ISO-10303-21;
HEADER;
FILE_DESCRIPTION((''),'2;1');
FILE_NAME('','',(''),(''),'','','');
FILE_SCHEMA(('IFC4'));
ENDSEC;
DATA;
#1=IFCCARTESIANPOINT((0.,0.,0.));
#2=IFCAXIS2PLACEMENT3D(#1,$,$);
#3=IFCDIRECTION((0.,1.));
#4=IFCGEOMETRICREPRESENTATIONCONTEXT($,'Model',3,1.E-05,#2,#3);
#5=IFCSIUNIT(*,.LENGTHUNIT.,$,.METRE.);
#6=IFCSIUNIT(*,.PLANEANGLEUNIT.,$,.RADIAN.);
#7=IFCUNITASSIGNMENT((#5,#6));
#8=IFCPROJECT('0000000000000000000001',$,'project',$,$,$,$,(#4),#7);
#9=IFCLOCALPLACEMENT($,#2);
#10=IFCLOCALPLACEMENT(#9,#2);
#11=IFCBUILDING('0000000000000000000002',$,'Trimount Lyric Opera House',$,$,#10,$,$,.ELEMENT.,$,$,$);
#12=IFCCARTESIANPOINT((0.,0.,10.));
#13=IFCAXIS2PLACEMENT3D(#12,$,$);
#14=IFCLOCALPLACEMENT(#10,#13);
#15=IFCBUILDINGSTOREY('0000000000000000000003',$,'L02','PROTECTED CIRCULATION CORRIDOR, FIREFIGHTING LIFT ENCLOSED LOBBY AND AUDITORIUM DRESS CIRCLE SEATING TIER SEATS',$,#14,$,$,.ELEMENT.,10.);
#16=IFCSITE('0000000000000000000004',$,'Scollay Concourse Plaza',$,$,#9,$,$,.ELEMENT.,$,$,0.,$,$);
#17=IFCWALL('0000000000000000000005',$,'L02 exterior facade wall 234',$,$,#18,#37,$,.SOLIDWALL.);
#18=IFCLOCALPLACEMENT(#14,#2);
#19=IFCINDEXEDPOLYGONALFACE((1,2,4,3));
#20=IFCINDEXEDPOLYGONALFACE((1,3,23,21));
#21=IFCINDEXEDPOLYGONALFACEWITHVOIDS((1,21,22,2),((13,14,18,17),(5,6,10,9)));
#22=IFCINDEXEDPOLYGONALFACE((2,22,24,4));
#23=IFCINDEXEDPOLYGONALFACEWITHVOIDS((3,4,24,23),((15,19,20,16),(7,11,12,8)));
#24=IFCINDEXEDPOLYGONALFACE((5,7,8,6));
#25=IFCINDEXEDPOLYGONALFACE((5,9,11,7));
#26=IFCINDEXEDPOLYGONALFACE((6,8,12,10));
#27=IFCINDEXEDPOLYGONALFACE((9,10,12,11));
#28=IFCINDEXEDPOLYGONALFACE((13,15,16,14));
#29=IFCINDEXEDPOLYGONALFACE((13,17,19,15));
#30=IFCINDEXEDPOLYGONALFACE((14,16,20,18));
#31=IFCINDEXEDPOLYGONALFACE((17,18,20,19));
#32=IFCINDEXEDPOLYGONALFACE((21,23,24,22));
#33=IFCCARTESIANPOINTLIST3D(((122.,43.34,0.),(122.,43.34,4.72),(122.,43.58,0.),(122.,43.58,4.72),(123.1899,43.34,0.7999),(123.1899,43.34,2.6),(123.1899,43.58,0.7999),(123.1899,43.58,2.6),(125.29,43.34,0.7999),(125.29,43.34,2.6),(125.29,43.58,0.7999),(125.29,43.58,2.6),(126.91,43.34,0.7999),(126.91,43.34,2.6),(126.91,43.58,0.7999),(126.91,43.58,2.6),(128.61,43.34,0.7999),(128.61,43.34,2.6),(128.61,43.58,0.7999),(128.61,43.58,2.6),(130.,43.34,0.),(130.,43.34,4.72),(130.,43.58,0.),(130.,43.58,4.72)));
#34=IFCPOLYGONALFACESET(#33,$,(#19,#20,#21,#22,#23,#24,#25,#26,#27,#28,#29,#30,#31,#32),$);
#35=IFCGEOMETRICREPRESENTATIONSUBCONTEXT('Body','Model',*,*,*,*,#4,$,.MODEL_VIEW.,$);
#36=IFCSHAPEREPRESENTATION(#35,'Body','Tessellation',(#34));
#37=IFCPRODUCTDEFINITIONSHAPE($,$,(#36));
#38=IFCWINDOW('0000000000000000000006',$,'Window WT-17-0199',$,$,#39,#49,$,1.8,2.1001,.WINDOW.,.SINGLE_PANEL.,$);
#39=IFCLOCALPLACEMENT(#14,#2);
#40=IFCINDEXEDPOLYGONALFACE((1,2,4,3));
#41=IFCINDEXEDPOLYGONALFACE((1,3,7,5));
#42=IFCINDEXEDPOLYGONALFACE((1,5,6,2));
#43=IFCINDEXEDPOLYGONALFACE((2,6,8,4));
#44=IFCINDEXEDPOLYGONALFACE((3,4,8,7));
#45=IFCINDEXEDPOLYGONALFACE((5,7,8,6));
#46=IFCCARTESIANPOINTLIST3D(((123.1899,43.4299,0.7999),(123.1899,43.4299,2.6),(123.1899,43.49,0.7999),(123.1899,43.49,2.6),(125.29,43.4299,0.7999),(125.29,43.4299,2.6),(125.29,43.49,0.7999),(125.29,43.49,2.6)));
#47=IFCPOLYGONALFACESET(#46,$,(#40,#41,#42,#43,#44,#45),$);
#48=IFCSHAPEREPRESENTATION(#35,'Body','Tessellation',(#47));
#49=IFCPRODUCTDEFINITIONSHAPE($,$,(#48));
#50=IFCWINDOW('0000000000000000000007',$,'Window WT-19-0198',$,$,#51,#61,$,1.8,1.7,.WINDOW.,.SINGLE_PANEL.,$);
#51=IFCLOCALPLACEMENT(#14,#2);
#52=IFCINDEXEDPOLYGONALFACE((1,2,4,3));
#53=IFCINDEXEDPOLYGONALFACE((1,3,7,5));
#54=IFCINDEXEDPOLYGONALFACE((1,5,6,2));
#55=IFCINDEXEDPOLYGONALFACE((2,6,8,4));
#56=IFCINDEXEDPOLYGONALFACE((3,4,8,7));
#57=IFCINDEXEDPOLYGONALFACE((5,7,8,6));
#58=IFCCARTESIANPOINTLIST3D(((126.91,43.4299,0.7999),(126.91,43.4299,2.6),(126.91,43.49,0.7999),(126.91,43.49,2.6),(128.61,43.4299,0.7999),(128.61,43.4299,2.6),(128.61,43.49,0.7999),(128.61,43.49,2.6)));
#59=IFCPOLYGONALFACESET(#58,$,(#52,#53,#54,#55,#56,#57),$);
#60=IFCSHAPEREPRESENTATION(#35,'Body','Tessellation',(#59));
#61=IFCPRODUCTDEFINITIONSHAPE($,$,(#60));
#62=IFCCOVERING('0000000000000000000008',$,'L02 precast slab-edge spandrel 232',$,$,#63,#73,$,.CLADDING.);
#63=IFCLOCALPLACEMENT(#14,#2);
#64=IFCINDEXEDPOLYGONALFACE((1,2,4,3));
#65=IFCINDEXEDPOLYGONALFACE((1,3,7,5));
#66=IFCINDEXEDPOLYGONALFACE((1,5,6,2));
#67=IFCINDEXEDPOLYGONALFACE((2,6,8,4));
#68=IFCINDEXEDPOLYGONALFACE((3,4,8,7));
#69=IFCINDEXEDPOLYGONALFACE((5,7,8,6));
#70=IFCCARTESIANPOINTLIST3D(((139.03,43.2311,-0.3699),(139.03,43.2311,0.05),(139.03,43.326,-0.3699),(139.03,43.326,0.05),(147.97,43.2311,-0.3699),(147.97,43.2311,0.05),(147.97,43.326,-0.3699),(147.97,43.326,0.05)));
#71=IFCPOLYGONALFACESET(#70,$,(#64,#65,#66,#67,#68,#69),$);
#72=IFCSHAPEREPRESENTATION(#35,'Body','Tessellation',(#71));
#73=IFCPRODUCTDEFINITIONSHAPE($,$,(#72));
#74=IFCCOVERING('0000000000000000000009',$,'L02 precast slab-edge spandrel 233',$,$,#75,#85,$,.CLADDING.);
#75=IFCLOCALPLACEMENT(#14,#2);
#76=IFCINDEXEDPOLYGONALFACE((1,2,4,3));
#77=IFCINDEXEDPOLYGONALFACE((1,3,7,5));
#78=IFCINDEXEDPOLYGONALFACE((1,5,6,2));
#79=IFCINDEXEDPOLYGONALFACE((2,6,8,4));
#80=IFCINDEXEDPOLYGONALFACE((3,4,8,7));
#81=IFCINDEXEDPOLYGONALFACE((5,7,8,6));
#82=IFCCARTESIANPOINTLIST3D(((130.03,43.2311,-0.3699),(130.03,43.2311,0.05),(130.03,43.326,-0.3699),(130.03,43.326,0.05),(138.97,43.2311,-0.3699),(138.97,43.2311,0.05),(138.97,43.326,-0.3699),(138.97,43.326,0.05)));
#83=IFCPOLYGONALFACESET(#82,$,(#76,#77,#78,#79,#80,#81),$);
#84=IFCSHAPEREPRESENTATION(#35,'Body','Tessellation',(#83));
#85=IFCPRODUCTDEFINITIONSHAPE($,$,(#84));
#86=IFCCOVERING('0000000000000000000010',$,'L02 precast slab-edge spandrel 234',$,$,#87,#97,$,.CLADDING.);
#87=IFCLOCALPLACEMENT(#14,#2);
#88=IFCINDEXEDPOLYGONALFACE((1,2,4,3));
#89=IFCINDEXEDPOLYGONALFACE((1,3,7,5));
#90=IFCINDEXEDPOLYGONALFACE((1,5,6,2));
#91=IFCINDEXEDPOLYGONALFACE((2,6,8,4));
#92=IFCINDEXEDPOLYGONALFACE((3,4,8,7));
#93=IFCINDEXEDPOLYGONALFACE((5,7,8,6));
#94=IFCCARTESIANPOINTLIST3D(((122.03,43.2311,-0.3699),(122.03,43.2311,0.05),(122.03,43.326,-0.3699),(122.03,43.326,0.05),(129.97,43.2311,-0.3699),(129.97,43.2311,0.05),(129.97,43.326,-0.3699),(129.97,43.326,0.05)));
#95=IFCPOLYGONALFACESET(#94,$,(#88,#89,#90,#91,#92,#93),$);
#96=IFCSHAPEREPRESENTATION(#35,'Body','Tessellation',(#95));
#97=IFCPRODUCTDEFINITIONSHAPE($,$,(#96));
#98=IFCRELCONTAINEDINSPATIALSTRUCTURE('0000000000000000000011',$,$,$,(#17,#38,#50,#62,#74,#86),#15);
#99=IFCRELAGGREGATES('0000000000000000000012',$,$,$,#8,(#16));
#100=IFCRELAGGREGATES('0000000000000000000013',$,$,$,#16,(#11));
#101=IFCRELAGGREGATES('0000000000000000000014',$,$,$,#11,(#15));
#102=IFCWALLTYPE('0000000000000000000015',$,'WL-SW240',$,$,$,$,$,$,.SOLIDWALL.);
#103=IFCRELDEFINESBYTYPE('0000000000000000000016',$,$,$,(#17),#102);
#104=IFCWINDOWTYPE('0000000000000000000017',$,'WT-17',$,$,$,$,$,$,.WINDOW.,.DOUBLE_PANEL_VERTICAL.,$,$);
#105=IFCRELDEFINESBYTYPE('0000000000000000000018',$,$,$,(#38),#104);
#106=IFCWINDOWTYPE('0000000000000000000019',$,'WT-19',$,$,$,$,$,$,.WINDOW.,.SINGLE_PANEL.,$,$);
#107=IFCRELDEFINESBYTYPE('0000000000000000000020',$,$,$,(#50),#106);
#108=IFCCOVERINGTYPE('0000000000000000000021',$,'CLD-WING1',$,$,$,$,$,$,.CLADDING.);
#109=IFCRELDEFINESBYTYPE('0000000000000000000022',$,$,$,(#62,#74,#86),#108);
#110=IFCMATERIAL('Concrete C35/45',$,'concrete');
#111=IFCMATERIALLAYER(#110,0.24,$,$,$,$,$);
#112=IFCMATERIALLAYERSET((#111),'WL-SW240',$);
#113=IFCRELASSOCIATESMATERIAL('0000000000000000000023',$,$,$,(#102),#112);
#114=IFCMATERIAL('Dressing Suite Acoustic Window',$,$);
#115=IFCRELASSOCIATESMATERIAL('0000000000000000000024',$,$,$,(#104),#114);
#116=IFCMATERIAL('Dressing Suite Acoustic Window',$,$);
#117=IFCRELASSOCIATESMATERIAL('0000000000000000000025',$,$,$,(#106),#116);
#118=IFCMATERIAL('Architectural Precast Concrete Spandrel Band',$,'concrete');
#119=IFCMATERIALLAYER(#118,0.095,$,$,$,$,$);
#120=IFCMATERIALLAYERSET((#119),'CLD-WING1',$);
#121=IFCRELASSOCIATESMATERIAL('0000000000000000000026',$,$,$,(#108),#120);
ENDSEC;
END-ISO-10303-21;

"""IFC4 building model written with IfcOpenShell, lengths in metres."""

from ifc_helpers import new_model, si_unit, direction, frame, frame_2d, origin, origin_2d, place, context, subcontext, project, spatial, rectangle, extrude, material, layer, layer_set, type_object, element, fill, save


model = new_model("IFC4")

# Units and contexts
model_context = context("Model", 3, precision=1e-05, world=origin(), true_north=direction((0.0, 1.0)))
body_context = subcontext(model_context, "Body", "Model", "MODEL_VIEW")
ifc_project = project(units=[si_unit("LENGTHUNIT", "METRE"), si_unit("PLANEANGLEUNIT", "RADIAN")], contexts=[model_context])

# Site, building, storey
site_placement = place(None, origin())
site = spatial("IfcSite", under=ifc_project, at=site_placement, Name="Scollay Concourse Plaza", CompositionType="ELEMENT", RefElevation=0.0)
building_placement = place(site_placement, origin())
building = spatial("IfcBuilding", under=site, at=building_placement, Name="Trimount Lyric Opera House", CompositionType="ELEMENT")
storey_placement = place(building_placement, frame((0.0, 0.0, 10.0)))
storey = spatial("IfcBuildingStorey", under=building, at=storey_placement, Name="L02", Description="PROTECTED CIRCULATION CORRIDOR, FIREFIGHTING LIFT ENCLOSED LOBBY AND AUDITORIUM DRESS CIRCLE SEATING TIER SEATS", CompositionType="ELEMENT", Elevation=10.0)

# Wall, openings, windows
ifc_material_1 = material(Name="Concrete C35/45", Category="concrete")
ifc_layer_1 = layer(ifc_material_1, 0.24)
ifc_layer_set_1 = layer_set([ifc_layer_1], Name="WL-SW240")
wall_type_1 = type_object("IfcWallType", Name="WL-SW240", PredefinedType="SOLIDWALL", material=ifc_layer_set_1)
wall_1_placement = place(storey_placement, frame((130.0, 43.46, 0.0), z_axis=(0.0, 0.0, 1.0), x_axis=(-1.0, 0.0, 0.0)))
wall_1 = element("IfcWall", 1, at=wall_1_placement, inside=storey, type_object=wall_type_1, Name="L02 exterior facade wall 234", PredefinedType="SOLIDWALL", context=body_context, shape_type="SweptSolid", body=[
    extrude(rectangle(XDim=8.0, YDim=0.24, at=frame_2d((4.0, 0.0))), origin(), (0.0, 0.0, 1.0), 4.72),
])
opening_1_placement = place(wall_1_placement, frame((1.3899, 0.0, 0.8)))
opening_1 = element("IfcOpeningElement", 2, at=opening_1_placement, cuts=wall_1, PredefinedType="OPENING", context=body_context, shape_type="SweptSolid", body=[
    extrude(rectangle(XDim=1.7, YDim=1.8, at=frame_2d((0.8501, 0.8999))), frame((0.0, 0.1299, 0.0), z_axis=(0.0, -1.0, 0.0), x_axis=(1.0, 0.0, 0.0)), (0.0, 0.0, 1.0), 0.26),
])
opening_2_placement = place(wall_1_placement, frame((4.71, 0.0, 0.8)))
opening_2 = element("IfcOpeningElement", 3, at=opening_2_placement, cuts=wall_1, PredefinedType="OPENING", context=body_context, shape_type="SweptSolid", body=[
    extrude(rectangle(XDim=2.1001, YDim=1.8, at=frame_2d((1.05, 0.8999))), frame((0.0, 0.1299, 0.0), z_axis=(0.0, -1.0, 0.0), x_axis=(1.0, 0.0, 0.0)), (0.0, 0.0, 1.0), 0.26),
])
ifc_material_2 = material(Name="Dressing Suite Acoustic Window")
window_type_1 = type_object("IfcWindowType", Name="WT-17", PartitioningType="DOUBLE_PANEL_VERTICAL", PredefinedType="WINDOW", material=ifc_material_2)
window_1_placement = place(opening_2_placement, origin())
window_1 = element("IfcWindow", 4, at=window_1_placement, inside=storey, type_object=window_type_1, Name="Window WT-17-0199", OverallHeight=1.8, OverallWidth=2.1001, PartitioningType="SINGLE_PANEL", PredefinedType="WINDOW", context=body_context, shape_type="SweptSolid", body=[
    extrude(rectangle(XDim=2.1001, YDim=1.8, at=frame_2d((1.05, 0.8999))), frame((0.0, 0.03, 0.0), z_axis=(0.0, -1.0, 0.0), x_axis=(1.0, 0.0, 0.0)), (0.0, 0.0, 1.0), 0.0601),
])
fill(opening_2, window_1)
ifc_material_3 = material(Name="Dressing Suite Acoustic Window")
window_type_2 = type_object("IfcWindowType", Name="WT-19", PartitioningType="SINGLE_PANEL", PredefinedType="WINDOW", material=ifc_material_3)
window_2_placement = place(opening_1_placement, origin())
window_2 = element("IfcWindow", 5, at=window_2_placement, inside=storey, type_object=window_type_2, Name="Window WT-19-0198", OverallHeight=1.8, OverallWidth=1.7, PartitioningType="SINGLE_PANEL", PredefinedType="WINDOW", context=body_context, shape_type="SweptSolid", body=[
    extrude(rectangle(XDim=1.7, YDim=1.8, at=frame_2d((0.8501, 0.8999))), frame((0.0, 0.03, 0.0), z_axis=(0.0, -1.0, 0.0), x_axis=(1.0, 0.0, 0.0)), (0.0, 0.0, 1.0), 0.0601),
])
fill(opening_1, window_2)

# Coverings
ifc_material_4 = material(Name="Architectural Precast Concrete Spandrel Band", Category="concrete")
ifc_layer_2 = layer(ifc_material_4, 0.095)
ifc_layer_set_2 = layer_set([ifc_layer_2], Name="CLD-WING1")
covering_type = type_object("IfcCoveringType", Name="CLD-WING1", PredefinedType="CLADDING", material=ifc_layer_set_2)
for number, where, z_axis, x_axis, name in (
    (6, (143.5, 43.2786, -0.3699), (0.0, 0.0, 1.0), (-1.0, 0.0, 0.0), "L02 precast slab-edge spandrel 232"),
    (7, (134.5, 43.2786, -0.3699), (0.0, 0.0, 1.0), (-1.0, 0.0, 0.0), "L02 precast slab-edge spandrel 233"),
):
    element("IfcCovering", number, at=place(storey_placement, frame(where, z_axis=z_axis, x_axis=x_axis)), inside=storey, type_object=covering_type, Name=name, PredefinedType="CLADDING", context=body_context, shape_type="SweptSolid", body=[
        extrude(rectangle(XDim=8.9399, YDim=0.095, at=origin_2d()), origin(), (0.0, 0.0, 1.0), 0.4199),
    ])
covering_placement = place(storey_placement, frame((126.0, 43.2786, -0.3699), z_axis=(0.0, 0.0, 1.0), x_axis=(-1.0, 0.0, 0.0)))
element("IfcCovering", 8, at=covering_placement, inside=storey, type_object=covering_type, Name="L02 precast slab-edge spandrel 234", PredefinedType="CLADDING", context=body_context, shape_type="SweptSolid", body=[
    extrude(rectangle(XDim=7.9399, YDim=0.095, at=origin_2d()), origin(), (0.0, 0.0, 1.0), 0.4199),
])

save(model, "model.ifc")
